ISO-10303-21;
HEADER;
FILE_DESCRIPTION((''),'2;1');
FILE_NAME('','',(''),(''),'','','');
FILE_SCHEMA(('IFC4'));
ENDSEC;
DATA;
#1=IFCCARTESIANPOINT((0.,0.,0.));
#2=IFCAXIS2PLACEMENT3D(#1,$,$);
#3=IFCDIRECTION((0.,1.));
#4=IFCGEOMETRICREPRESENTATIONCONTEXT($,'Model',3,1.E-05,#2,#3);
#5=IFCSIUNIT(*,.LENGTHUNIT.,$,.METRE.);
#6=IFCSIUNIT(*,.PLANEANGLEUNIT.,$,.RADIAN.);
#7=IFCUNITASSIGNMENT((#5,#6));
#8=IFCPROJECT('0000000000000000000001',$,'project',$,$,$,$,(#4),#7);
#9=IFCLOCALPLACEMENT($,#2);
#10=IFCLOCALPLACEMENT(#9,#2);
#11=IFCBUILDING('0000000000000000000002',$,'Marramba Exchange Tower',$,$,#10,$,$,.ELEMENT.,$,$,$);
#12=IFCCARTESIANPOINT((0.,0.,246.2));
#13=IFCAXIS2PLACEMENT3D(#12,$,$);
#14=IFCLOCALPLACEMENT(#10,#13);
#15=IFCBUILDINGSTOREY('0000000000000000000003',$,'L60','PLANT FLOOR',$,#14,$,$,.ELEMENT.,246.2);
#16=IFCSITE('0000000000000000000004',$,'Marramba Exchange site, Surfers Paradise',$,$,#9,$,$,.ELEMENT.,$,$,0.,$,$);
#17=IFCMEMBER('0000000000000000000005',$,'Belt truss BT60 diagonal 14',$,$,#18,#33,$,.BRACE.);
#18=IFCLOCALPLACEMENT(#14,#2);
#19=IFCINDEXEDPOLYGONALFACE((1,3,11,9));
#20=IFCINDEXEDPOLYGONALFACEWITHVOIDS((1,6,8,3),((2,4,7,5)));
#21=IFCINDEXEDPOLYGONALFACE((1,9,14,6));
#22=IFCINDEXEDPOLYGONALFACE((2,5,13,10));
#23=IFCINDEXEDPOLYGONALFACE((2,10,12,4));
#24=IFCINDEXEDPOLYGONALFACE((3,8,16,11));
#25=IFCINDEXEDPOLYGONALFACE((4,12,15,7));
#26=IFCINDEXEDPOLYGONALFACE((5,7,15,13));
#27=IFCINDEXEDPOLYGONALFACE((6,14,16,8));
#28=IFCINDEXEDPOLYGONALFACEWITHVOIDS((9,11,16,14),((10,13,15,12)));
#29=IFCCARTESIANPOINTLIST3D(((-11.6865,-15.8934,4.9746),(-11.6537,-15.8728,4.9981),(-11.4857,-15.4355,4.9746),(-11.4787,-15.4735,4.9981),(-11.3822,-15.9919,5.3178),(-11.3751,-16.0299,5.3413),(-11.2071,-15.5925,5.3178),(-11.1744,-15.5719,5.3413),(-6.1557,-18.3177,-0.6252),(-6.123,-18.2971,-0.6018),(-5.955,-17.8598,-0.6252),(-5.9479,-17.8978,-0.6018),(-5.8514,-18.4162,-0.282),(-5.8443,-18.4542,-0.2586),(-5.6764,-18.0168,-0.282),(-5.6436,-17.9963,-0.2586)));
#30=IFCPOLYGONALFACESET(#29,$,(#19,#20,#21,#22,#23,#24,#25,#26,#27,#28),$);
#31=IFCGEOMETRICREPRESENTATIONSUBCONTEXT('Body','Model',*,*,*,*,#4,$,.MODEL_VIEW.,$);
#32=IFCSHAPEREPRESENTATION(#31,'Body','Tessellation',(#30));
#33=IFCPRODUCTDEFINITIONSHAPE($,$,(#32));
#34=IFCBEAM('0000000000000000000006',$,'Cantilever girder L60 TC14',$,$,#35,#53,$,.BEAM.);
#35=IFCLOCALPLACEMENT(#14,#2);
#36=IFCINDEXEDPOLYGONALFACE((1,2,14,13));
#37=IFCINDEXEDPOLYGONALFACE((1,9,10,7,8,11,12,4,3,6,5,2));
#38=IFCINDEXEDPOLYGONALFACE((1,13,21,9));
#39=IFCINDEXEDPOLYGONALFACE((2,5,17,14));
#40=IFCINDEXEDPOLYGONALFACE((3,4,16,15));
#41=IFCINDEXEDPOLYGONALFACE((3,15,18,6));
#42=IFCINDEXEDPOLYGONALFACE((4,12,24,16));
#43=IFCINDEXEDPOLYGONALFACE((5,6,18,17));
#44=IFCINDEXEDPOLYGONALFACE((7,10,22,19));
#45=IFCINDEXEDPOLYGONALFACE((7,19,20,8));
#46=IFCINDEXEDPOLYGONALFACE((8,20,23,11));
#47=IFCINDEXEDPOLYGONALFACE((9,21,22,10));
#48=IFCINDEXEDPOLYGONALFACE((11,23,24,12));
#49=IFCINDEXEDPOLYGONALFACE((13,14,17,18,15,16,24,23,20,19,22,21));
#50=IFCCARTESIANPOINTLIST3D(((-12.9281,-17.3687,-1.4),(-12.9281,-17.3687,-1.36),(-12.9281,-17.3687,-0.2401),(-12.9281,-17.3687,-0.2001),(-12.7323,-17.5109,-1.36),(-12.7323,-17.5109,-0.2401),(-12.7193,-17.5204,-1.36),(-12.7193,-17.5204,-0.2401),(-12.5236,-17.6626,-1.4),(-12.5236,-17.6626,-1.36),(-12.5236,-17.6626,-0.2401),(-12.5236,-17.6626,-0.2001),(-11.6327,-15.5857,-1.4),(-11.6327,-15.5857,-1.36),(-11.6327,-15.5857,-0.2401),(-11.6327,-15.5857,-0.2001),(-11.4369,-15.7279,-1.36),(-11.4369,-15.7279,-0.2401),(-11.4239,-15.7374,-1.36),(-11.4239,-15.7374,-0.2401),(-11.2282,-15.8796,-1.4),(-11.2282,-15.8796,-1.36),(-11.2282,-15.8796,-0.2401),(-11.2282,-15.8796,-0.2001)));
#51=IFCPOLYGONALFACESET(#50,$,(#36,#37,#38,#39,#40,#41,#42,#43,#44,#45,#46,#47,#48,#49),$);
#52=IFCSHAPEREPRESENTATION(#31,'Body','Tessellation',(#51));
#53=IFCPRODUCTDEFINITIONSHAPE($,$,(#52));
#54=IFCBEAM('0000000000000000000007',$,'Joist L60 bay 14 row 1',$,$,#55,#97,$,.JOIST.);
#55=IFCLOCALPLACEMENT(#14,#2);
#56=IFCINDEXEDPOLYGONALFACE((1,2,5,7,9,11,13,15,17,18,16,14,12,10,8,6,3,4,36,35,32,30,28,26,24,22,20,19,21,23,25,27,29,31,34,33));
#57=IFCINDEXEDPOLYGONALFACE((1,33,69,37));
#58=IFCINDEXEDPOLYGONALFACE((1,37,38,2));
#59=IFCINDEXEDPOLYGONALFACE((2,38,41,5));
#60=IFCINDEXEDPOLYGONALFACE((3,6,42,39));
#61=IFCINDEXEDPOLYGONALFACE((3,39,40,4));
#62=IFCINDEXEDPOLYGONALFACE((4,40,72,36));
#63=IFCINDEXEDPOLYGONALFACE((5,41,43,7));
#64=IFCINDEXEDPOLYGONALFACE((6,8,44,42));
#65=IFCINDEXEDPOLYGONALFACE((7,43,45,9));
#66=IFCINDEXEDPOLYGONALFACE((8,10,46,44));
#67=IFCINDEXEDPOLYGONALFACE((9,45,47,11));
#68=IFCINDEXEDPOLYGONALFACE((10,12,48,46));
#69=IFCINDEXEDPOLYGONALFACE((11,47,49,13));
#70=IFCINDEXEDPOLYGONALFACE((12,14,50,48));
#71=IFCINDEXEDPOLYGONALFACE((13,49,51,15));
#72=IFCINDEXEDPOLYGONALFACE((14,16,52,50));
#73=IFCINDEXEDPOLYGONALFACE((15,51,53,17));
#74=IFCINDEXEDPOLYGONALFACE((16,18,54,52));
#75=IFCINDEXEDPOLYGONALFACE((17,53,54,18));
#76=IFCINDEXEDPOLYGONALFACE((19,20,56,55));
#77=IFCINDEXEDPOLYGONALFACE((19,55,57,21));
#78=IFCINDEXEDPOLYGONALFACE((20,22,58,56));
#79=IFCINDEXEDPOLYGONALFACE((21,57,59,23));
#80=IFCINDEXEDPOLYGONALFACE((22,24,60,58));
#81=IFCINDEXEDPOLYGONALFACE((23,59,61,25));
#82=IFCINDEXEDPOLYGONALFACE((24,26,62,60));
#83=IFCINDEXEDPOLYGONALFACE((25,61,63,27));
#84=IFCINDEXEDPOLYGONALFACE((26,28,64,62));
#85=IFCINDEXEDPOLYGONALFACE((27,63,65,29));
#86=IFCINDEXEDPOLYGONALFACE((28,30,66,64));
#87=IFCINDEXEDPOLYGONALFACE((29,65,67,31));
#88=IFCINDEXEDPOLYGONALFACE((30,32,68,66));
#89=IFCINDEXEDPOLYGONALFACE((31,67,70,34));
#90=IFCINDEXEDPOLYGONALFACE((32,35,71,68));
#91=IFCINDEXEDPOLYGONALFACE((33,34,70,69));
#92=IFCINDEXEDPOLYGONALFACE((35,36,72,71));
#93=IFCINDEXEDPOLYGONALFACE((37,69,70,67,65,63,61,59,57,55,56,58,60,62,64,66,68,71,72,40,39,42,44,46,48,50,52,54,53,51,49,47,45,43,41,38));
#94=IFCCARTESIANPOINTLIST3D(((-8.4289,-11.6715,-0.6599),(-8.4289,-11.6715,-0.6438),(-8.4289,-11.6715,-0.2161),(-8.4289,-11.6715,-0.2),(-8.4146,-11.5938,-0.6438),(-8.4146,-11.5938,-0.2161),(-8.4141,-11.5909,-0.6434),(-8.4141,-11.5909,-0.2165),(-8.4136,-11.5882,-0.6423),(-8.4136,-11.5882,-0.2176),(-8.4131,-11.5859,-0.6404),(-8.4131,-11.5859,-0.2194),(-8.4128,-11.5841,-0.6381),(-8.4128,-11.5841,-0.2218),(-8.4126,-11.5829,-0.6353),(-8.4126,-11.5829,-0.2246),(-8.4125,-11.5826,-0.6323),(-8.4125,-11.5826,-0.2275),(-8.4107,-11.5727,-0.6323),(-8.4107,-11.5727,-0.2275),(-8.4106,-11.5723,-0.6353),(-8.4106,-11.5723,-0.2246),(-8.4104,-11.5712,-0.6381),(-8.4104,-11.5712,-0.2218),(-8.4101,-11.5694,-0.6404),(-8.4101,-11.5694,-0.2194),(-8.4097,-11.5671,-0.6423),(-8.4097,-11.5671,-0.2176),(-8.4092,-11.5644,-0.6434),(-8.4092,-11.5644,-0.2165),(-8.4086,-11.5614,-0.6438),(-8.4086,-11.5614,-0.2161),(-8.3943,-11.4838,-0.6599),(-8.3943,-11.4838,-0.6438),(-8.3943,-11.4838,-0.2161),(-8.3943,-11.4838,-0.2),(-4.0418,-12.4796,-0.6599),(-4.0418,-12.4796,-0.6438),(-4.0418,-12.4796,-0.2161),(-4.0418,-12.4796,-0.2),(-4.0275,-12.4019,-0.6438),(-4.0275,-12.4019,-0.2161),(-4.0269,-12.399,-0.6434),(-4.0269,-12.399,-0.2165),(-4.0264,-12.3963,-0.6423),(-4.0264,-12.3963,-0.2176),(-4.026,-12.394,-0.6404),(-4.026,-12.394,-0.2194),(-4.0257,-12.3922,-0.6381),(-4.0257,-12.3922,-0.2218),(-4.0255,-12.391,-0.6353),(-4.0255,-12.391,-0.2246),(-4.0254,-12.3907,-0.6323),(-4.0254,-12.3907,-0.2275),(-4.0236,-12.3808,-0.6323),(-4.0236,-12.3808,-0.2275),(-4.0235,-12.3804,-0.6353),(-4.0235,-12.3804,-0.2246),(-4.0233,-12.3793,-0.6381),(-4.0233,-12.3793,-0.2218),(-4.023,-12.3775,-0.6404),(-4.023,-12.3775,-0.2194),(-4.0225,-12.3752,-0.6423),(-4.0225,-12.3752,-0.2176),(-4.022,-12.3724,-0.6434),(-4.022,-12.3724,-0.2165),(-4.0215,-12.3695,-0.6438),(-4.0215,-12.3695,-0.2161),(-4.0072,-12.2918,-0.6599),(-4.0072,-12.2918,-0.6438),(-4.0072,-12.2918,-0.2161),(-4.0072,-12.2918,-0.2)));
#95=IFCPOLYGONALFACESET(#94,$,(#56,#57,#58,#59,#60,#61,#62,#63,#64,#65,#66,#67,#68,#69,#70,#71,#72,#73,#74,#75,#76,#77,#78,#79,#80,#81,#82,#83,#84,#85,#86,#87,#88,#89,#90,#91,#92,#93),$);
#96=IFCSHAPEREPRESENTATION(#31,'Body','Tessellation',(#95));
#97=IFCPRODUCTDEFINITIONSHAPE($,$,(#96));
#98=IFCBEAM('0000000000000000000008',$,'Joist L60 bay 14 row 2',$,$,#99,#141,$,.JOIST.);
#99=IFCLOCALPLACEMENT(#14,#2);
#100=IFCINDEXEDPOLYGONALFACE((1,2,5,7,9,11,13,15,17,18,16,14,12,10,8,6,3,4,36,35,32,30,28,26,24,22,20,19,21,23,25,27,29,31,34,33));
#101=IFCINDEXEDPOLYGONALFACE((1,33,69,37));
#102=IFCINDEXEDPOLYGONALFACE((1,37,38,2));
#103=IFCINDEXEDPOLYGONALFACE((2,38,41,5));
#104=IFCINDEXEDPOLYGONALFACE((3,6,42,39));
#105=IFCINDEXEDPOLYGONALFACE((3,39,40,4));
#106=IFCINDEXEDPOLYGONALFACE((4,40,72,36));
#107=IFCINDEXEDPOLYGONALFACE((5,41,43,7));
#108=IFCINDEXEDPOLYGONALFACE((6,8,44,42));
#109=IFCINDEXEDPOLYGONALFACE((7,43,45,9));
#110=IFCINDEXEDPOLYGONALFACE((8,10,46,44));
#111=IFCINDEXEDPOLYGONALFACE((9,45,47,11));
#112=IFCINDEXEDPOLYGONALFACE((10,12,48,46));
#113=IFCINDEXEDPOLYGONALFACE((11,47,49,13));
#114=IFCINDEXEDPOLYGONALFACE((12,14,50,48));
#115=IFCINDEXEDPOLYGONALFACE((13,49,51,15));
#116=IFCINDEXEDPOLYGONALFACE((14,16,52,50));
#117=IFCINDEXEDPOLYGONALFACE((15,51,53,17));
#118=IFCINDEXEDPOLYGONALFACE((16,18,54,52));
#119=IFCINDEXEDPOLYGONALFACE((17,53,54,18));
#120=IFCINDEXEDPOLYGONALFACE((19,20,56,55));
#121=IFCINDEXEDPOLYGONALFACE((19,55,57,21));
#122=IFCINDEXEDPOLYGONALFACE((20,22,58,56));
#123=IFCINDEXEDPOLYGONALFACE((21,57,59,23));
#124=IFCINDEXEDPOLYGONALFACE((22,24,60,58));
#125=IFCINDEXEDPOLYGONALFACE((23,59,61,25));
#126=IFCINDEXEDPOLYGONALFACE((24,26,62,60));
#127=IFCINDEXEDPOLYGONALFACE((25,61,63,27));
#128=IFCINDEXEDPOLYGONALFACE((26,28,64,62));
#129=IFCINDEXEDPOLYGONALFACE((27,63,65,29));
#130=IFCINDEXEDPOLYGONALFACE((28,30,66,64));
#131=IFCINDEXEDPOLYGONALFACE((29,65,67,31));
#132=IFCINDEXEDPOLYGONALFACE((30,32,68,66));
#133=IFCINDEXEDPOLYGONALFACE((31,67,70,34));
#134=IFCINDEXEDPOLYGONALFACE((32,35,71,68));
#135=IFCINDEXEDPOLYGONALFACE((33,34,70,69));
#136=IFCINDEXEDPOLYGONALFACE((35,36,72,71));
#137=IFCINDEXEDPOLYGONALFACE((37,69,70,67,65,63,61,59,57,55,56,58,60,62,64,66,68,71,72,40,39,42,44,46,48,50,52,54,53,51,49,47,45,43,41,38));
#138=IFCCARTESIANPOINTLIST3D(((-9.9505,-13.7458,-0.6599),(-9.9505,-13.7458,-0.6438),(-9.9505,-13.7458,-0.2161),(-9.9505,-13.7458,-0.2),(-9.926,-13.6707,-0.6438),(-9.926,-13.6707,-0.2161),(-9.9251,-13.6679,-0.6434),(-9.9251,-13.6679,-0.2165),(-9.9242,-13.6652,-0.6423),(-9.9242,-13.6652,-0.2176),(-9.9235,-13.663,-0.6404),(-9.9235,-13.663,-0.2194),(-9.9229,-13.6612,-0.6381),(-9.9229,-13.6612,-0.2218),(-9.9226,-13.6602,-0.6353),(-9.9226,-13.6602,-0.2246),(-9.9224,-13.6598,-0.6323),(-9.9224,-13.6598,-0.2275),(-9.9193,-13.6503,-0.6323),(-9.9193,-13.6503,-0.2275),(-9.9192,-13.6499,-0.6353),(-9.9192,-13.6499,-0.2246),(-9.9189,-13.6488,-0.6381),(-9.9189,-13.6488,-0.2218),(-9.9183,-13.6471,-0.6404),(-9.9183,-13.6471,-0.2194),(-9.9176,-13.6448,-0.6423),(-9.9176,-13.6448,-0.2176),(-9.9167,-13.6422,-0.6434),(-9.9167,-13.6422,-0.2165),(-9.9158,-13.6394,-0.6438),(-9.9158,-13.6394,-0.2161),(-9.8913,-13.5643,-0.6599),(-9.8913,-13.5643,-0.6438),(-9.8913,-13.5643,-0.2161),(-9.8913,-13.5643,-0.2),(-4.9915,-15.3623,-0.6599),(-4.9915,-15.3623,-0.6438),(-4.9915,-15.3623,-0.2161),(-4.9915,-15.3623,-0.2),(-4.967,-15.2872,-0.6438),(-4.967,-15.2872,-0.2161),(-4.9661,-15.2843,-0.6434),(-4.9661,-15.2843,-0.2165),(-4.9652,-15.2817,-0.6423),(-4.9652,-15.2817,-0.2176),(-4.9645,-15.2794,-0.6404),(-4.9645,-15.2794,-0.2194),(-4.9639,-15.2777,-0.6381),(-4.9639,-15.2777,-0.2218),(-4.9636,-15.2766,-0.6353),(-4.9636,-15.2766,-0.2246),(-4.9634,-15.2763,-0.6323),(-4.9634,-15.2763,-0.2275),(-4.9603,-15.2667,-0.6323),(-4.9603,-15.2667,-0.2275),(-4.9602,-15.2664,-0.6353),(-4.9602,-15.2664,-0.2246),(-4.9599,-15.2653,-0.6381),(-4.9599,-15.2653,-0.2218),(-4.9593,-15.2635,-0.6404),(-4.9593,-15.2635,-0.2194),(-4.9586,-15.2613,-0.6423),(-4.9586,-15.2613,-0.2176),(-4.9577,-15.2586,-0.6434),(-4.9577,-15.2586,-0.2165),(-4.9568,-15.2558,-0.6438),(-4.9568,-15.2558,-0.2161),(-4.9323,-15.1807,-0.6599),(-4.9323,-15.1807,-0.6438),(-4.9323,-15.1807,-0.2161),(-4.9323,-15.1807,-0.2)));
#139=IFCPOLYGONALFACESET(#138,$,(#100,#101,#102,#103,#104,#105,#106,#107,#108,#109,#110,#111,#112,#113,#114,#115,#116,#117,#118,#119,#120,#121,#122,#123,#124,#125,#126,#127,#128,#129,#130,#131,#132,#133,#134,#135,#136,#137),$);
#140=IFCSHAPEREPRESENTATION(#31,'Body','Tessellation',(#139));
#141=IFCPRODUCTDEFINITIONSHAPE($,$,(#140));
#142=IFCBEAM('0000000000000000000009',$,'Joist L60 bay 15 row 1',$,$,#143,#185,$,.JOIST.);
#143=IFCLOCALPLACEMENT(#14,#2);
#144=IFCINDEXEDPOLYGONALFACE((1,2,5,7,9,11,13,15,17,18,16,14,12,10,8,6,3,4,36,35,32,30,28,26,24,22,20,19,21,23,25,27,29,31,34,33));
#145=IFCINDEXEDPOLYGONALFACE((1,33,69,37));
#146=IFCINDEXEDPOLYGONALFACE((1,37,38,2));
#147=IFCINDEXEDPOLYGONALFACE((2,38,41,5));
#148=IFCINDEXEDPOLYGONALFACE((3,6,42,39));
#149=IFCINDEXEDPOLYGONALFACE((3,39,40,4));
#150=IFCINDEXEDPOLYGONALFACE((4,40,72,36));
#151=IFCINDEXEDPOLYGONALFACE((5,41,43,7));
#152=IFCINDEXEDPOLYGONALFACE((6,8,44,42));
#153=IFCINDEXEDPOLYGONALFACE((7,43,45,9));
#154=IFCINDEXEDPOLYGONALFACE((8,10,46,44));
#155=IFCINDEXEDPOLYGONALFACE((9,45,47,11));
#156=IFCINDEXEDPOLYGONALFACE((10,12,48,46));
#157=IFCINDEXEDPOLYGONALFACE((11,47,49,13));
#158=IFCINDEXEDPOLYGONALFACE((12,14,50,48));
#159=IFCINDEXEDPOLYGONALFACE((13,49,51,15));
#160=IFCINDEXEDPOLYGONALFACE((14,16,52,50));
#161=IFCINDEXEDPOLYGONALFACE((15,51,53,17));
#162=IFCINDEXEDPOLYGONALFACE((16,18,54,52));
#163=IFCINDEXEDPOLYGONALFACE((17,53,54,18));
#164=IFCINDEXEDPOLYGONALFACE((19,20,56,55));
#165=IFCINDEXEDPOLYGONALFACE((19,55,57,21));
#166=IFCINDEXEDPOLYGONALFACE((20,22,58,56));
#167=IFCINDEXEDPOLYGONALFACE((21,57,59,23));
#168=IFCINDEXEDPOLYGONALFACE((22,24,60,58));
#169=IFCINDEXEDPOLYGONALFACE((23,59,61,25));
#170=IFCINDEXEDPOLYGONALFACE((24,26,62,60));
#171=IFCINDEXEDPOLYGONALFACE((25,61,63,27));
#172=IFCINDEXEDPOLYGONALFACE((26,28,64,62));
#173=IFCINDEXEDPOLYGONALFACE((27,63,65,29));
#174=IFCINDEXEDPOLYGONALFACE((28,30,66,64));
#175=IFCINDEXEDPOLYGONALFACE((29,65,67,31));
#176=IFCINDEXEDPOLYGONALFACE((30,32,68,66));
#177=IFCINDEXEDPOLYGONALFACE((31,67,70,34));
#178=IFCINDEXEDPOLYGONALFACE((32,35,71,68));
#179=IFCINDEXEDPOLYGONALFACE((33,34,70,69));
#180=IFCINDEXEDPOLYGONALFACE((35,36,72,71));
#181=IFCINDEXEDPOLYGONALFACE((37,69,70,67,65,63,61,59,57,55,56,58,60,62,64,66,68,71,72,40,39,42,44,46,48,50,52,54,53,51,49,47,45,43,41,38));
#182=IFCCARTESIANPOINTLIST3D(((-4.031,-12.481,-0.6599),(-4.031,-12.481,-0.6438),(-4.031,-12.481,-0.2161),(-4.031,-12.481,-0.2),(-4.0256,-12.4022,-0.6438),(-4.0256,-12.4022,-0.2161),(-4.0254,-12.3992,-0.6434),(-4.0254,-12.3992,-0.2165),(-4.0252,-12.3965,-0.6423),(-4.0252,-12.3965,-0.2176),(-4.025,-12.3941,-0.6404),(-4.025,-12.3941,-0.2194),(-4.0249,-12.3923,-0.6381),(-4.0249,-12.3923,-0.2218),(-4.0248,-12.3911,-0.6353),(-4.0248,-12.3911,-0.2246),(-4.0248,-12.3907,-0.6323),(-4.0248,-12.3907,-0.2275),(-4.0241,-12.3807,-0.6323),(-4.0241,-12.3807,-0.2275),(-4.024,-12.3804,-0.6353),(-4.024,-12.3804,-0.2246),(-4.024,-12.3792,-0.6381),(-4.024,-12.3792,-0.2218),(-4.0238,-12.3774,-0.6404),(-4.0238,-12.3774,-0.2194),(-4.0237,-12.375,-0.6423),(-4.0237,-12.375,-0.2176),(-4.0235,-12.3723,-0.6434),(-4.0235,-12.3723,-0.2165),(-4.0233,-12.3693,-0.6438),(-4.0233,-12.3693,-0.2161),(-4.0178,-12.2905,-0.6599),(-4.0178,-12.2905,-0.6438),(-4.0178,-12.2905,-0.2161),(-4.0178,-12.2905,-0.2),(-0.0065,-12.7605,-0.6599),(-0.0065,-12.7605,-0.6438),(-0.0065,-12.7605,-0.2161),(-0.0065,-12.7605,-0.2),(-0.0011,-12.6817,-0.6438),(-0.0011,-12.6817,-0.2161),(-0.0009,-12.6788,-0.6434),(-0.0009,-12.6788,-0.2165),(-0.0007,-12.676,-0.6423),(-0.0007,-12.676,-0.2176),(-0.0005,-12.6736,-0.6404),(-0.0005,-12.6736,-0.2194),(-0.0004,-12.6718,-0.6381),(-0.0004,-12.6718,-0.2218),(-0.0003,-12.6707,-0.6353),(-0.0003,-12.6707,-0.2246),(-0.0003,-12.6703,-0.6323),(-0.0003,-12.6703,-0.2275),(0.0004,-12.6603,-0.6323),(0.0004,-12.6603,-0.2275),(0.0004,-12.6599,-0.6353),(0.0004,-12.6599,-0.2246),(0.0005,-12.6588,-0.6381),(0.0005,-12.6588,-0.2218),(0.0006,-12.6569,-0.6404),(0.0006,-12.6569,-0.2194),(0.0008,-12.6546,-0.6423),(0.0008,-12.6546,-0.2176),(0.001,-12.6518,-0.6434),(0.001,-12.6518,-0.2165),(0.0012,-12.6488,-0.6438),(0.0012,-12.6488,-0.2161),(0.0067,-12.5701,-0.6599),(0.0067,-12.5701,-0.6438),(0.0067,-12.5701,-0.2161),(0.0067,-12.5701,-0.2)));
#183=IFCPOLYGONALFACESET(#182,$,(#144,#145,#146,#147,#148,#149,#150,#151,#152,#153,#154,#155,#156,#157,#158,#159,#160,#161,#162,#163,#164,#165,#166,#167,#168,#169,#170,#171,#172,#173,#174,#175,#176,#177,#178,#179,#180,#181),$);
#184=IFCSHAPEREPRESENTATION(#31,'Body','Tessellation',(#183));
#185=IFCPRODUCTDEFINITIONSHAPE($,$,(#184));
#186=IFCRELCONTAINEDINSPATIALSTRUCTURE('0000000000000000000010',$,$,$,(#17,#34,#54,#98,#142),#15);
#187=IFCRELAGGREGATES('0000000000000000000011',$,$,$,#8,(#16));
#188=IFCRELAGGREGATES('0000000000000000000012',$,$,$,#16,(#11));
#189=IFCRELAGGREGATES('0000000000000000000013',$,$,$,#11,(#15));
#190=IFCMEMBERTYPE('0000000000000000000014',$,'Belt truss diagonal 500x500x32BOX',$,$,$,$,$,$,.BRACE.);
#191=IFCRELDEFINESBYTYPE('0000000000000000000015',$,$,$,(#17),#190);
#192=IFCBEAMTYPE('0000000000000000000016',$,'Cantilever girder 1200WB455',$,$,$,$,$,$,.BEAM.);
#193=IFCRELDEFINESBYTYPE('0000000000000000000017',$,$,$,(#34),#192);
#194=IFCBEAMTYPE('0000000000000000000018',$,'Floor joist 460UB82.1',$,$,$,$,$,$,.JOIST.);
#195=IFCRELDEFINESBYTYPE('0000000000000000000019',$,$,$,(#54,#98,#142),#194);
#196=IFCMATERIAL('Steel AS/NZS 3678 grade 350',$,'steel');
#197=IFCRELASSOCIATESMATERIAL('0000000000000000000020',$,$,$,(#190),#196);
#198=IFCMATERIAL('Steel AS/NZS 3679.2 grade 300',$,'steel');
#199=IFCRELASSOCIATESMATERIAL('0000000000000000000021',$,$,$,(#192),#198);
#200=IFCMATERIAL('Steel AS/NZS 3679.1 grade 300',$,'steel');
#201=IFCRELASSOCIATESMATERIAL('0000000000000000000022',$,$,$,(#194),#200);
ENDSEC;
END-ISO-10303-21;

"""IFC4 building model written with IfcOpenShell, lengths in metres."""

from ifc_helpers import new_model, si_unit, direction, frame, origin, origin_2d, place, context, subcontext, project, spatial, hollow_rectangle, i_section, extrude, material, material_profile, profile_set, type_object, element, save


model = new_model("IFC4")

# Units and contexts
model_context = context("Model", 3, precision=1e-05, world=origin(), true_north=direction((0.0, 1.0)))
body_context = subcontext(model_context, "Body", "Model", "MODEL_VIEW")
ifc_project = project(units=[si_unit("LENGTHUNIT", "METRE"), si_unit("PLANEANGLEUNIT", "RADIAN")], contexts=[model_context])

# Site, building, storey
site_placement = place(None, origin())
site = spatial("IfcSite", under=ifc_project, at=site_placement, Name="Marramba Exchange site, Surfers Paradise", CompositionType="ELEMENT", RefElevation=0.0)
building_placement = place(site_placement, origin())
building = spatial("IfcBuilding", under=site, at=building_placement, Name="Marramba Exchange Tower", CompositionType="ELEMENT")
storey_placement = place(building_placement, frame((0.0, 0.0, 246.2)))
storey = spatial("IfcBuildingStorey", under=building, at=storey_placement, Name="L60", Description="PLANT FLOOR", CompositionType="ELEMENT", Elevation=246.2)

# Member
ifc_material_1 = material(Name="Steel AS/NZS 3678 grade 350", Category="steel")
ifc_material_profile_1 = material_profile(ifc_material_1, hollow_rectangle(XDim=0.5, YDim=0.5, WallThickness=0.032, at=origin_2d()), Name="500x500x32BOX")
ifc_profile_set_1 = profile_set([ifc_material_profile_1], Name="Steel AS/NZS 3678 grade 350")
member_type = type_object("IfcMemberType", Name="Belt truss diagonal 500x500x32BOX", PredefinedType="BRACE", material=ifc_profile_set_1)
member_placement = place(storey_placement, frame((-11.4304, -15.7327, 5.158), z_axis=(0.671568, -0.294371, -0.679958), x_axis=(0.401459, 0.915877, 0.0)))
element("IfcMember", 1, at=member_placement, inside=storey, type_object=member_type, Name="Belt truss BT60 diagonal 14", PredefinedType="BRACE", context=body_context, shape_type="SweptSolid", body=[
    extrude(hollow_rectangle(XDim=0.5, YDim=0.5, WallThickness=0.032, at=origin_2d()), origin(), (0.0, 0.0, 1.0), 8.2356),
])

# Beams
ifc_material_2 = material(Name="Steel AS/NZS 3679.2 grade 300", Category="steel")
ifc_material_profile_2 = material_profile(ifc_material_2, i_section(OverallWidth=0.5, OverallDepth=1.2, WebThickness=0.0161, FlangeThickness=0.04, at=origin_2d()), Name="1200WB455")
ifc_profile_set_2 = profile_set([ifc_material_profile_2], Name="Steel AS/NZS 3679.2 grade 300")
beam_type_1 = type_object("IfcBeamType", Name="Cantilever girder 1200WB455", PredefinedType="BEAM", material=ifc_profile_set_2)
beam_1_placement = place(storey_placement, frame((-11.4304, -15.7327, -0.8), z_axis=(-0.58779, -0.809014, 0.0), x_axis=(0.809014, -0.58779, 0.0)))
element("IfcBeam", 2, at=beam_1_placement, inside=storey, type_object=beam_type_1, Name="Cantilever girder L60 TC14", PredefinedType="BEAM", context=body_context, shape_type="SweptSolid", body=[
    extrude(i_section(OverallWidth=0.5, OverallDepth=1.2, WebThickness=0.0161, FlangeThickness=0.04, at=origin_2d()), origin(), (0.0, 0.0, 1.0), 2.2039),
])
ifc_material_3 = material(Name="Steel AS/NZS 3679.1 grade 300", Category="steel")
ifc_material_profile_3 = material_profile(ifc_material_3, i_section(OverallWidth=0.1909, OverallDepth=0.46, WebThickness=0.01, FlangeThickness=0.0161, FilletRadius=0.0115, at=origin_2d()), Name="460UB82.1")
ifc_profile_set_3 = profile_set([ifc_material_profile_3], Name="Steel AS/NZS 3679.1 grade 300")
beam_type_2 = type_object("IfcBeamType", Name="Floor joist 460UB82.1", PredefinedType="JOIST", material=ifc_profile_set_3)
beam_2_placement = place(storey_placement, frame((-8.4116, -11.5776, -0.4299), z_axis=(0.983456, -0.181149, 0.0), x_axis=(0.181149, 0.983456, 0.0)))
element("IfcBeam", 3, at=beam_2_placement, inside=storey, type_object=beam_type_2, Name="Joist L60 bay 14 row 1", PredefinedType="JOIST", context=body_context, shape_type="SweptSolid", body=[
    extrude(i_section(OverallWidth=0.1909, OverallDepth=0.46, WebThickness=0.01, FlangeThickness=0.0161, FilletRadius=0.0115, at=origin_2d()), origin(), (0.0, 0.0, 1.0), 4.4609),
])
beam_3_placement = place(storey_placement, frame((-9.9209, -13.655, -0.4299), z_axis=(0.950764, -0.309916, 0.0), x_axis=(0.309916, 0.950764, 0.0)))
element("IfcBeam", 4, at=beam_3_placement, inside=storey, type_object=beam_type_2, Name="Joist L60 bay 14 row 2", PredefinedType="JOIST", context=body_context, shape_type="SweptSolid", body=[
    extrude(i_section(OverallWidth=0.1909, OverallDepth=0.46, WebThickness=0.01, FlangeThickness=0.0161, FilletRadius=0.0115, at=origin_2d()), origin(), (0.0, 0.0, 1.0), 5.2158),
])
beam_4_placement = place(storey_placement, frame((-4.0244, -12.3857, -0.4299), z_axis=(0.997596, -0.069294, 0.0), x_axis=(0.069294, 0.997596, 0.0)))
element("IfcBeam", 5, at=beam_4_placement, inside=storey, type_object=beam_type_2, Name="Joist L60 bay 15 row 1", PredefinedType="JOIST", context=body_context, shape_type="SweptSolid", body=[
    extrude(i_section(OverallWidth=0.1909, OverallDepth=0.46, WebThickness=0.01, FlangeThickness=0.0161, FilletRadius=0.0115, at=origin_2d()), origin(), (0.0, 0.0, 1.0), 4.0342),
])

save(model, "model.ifc")
